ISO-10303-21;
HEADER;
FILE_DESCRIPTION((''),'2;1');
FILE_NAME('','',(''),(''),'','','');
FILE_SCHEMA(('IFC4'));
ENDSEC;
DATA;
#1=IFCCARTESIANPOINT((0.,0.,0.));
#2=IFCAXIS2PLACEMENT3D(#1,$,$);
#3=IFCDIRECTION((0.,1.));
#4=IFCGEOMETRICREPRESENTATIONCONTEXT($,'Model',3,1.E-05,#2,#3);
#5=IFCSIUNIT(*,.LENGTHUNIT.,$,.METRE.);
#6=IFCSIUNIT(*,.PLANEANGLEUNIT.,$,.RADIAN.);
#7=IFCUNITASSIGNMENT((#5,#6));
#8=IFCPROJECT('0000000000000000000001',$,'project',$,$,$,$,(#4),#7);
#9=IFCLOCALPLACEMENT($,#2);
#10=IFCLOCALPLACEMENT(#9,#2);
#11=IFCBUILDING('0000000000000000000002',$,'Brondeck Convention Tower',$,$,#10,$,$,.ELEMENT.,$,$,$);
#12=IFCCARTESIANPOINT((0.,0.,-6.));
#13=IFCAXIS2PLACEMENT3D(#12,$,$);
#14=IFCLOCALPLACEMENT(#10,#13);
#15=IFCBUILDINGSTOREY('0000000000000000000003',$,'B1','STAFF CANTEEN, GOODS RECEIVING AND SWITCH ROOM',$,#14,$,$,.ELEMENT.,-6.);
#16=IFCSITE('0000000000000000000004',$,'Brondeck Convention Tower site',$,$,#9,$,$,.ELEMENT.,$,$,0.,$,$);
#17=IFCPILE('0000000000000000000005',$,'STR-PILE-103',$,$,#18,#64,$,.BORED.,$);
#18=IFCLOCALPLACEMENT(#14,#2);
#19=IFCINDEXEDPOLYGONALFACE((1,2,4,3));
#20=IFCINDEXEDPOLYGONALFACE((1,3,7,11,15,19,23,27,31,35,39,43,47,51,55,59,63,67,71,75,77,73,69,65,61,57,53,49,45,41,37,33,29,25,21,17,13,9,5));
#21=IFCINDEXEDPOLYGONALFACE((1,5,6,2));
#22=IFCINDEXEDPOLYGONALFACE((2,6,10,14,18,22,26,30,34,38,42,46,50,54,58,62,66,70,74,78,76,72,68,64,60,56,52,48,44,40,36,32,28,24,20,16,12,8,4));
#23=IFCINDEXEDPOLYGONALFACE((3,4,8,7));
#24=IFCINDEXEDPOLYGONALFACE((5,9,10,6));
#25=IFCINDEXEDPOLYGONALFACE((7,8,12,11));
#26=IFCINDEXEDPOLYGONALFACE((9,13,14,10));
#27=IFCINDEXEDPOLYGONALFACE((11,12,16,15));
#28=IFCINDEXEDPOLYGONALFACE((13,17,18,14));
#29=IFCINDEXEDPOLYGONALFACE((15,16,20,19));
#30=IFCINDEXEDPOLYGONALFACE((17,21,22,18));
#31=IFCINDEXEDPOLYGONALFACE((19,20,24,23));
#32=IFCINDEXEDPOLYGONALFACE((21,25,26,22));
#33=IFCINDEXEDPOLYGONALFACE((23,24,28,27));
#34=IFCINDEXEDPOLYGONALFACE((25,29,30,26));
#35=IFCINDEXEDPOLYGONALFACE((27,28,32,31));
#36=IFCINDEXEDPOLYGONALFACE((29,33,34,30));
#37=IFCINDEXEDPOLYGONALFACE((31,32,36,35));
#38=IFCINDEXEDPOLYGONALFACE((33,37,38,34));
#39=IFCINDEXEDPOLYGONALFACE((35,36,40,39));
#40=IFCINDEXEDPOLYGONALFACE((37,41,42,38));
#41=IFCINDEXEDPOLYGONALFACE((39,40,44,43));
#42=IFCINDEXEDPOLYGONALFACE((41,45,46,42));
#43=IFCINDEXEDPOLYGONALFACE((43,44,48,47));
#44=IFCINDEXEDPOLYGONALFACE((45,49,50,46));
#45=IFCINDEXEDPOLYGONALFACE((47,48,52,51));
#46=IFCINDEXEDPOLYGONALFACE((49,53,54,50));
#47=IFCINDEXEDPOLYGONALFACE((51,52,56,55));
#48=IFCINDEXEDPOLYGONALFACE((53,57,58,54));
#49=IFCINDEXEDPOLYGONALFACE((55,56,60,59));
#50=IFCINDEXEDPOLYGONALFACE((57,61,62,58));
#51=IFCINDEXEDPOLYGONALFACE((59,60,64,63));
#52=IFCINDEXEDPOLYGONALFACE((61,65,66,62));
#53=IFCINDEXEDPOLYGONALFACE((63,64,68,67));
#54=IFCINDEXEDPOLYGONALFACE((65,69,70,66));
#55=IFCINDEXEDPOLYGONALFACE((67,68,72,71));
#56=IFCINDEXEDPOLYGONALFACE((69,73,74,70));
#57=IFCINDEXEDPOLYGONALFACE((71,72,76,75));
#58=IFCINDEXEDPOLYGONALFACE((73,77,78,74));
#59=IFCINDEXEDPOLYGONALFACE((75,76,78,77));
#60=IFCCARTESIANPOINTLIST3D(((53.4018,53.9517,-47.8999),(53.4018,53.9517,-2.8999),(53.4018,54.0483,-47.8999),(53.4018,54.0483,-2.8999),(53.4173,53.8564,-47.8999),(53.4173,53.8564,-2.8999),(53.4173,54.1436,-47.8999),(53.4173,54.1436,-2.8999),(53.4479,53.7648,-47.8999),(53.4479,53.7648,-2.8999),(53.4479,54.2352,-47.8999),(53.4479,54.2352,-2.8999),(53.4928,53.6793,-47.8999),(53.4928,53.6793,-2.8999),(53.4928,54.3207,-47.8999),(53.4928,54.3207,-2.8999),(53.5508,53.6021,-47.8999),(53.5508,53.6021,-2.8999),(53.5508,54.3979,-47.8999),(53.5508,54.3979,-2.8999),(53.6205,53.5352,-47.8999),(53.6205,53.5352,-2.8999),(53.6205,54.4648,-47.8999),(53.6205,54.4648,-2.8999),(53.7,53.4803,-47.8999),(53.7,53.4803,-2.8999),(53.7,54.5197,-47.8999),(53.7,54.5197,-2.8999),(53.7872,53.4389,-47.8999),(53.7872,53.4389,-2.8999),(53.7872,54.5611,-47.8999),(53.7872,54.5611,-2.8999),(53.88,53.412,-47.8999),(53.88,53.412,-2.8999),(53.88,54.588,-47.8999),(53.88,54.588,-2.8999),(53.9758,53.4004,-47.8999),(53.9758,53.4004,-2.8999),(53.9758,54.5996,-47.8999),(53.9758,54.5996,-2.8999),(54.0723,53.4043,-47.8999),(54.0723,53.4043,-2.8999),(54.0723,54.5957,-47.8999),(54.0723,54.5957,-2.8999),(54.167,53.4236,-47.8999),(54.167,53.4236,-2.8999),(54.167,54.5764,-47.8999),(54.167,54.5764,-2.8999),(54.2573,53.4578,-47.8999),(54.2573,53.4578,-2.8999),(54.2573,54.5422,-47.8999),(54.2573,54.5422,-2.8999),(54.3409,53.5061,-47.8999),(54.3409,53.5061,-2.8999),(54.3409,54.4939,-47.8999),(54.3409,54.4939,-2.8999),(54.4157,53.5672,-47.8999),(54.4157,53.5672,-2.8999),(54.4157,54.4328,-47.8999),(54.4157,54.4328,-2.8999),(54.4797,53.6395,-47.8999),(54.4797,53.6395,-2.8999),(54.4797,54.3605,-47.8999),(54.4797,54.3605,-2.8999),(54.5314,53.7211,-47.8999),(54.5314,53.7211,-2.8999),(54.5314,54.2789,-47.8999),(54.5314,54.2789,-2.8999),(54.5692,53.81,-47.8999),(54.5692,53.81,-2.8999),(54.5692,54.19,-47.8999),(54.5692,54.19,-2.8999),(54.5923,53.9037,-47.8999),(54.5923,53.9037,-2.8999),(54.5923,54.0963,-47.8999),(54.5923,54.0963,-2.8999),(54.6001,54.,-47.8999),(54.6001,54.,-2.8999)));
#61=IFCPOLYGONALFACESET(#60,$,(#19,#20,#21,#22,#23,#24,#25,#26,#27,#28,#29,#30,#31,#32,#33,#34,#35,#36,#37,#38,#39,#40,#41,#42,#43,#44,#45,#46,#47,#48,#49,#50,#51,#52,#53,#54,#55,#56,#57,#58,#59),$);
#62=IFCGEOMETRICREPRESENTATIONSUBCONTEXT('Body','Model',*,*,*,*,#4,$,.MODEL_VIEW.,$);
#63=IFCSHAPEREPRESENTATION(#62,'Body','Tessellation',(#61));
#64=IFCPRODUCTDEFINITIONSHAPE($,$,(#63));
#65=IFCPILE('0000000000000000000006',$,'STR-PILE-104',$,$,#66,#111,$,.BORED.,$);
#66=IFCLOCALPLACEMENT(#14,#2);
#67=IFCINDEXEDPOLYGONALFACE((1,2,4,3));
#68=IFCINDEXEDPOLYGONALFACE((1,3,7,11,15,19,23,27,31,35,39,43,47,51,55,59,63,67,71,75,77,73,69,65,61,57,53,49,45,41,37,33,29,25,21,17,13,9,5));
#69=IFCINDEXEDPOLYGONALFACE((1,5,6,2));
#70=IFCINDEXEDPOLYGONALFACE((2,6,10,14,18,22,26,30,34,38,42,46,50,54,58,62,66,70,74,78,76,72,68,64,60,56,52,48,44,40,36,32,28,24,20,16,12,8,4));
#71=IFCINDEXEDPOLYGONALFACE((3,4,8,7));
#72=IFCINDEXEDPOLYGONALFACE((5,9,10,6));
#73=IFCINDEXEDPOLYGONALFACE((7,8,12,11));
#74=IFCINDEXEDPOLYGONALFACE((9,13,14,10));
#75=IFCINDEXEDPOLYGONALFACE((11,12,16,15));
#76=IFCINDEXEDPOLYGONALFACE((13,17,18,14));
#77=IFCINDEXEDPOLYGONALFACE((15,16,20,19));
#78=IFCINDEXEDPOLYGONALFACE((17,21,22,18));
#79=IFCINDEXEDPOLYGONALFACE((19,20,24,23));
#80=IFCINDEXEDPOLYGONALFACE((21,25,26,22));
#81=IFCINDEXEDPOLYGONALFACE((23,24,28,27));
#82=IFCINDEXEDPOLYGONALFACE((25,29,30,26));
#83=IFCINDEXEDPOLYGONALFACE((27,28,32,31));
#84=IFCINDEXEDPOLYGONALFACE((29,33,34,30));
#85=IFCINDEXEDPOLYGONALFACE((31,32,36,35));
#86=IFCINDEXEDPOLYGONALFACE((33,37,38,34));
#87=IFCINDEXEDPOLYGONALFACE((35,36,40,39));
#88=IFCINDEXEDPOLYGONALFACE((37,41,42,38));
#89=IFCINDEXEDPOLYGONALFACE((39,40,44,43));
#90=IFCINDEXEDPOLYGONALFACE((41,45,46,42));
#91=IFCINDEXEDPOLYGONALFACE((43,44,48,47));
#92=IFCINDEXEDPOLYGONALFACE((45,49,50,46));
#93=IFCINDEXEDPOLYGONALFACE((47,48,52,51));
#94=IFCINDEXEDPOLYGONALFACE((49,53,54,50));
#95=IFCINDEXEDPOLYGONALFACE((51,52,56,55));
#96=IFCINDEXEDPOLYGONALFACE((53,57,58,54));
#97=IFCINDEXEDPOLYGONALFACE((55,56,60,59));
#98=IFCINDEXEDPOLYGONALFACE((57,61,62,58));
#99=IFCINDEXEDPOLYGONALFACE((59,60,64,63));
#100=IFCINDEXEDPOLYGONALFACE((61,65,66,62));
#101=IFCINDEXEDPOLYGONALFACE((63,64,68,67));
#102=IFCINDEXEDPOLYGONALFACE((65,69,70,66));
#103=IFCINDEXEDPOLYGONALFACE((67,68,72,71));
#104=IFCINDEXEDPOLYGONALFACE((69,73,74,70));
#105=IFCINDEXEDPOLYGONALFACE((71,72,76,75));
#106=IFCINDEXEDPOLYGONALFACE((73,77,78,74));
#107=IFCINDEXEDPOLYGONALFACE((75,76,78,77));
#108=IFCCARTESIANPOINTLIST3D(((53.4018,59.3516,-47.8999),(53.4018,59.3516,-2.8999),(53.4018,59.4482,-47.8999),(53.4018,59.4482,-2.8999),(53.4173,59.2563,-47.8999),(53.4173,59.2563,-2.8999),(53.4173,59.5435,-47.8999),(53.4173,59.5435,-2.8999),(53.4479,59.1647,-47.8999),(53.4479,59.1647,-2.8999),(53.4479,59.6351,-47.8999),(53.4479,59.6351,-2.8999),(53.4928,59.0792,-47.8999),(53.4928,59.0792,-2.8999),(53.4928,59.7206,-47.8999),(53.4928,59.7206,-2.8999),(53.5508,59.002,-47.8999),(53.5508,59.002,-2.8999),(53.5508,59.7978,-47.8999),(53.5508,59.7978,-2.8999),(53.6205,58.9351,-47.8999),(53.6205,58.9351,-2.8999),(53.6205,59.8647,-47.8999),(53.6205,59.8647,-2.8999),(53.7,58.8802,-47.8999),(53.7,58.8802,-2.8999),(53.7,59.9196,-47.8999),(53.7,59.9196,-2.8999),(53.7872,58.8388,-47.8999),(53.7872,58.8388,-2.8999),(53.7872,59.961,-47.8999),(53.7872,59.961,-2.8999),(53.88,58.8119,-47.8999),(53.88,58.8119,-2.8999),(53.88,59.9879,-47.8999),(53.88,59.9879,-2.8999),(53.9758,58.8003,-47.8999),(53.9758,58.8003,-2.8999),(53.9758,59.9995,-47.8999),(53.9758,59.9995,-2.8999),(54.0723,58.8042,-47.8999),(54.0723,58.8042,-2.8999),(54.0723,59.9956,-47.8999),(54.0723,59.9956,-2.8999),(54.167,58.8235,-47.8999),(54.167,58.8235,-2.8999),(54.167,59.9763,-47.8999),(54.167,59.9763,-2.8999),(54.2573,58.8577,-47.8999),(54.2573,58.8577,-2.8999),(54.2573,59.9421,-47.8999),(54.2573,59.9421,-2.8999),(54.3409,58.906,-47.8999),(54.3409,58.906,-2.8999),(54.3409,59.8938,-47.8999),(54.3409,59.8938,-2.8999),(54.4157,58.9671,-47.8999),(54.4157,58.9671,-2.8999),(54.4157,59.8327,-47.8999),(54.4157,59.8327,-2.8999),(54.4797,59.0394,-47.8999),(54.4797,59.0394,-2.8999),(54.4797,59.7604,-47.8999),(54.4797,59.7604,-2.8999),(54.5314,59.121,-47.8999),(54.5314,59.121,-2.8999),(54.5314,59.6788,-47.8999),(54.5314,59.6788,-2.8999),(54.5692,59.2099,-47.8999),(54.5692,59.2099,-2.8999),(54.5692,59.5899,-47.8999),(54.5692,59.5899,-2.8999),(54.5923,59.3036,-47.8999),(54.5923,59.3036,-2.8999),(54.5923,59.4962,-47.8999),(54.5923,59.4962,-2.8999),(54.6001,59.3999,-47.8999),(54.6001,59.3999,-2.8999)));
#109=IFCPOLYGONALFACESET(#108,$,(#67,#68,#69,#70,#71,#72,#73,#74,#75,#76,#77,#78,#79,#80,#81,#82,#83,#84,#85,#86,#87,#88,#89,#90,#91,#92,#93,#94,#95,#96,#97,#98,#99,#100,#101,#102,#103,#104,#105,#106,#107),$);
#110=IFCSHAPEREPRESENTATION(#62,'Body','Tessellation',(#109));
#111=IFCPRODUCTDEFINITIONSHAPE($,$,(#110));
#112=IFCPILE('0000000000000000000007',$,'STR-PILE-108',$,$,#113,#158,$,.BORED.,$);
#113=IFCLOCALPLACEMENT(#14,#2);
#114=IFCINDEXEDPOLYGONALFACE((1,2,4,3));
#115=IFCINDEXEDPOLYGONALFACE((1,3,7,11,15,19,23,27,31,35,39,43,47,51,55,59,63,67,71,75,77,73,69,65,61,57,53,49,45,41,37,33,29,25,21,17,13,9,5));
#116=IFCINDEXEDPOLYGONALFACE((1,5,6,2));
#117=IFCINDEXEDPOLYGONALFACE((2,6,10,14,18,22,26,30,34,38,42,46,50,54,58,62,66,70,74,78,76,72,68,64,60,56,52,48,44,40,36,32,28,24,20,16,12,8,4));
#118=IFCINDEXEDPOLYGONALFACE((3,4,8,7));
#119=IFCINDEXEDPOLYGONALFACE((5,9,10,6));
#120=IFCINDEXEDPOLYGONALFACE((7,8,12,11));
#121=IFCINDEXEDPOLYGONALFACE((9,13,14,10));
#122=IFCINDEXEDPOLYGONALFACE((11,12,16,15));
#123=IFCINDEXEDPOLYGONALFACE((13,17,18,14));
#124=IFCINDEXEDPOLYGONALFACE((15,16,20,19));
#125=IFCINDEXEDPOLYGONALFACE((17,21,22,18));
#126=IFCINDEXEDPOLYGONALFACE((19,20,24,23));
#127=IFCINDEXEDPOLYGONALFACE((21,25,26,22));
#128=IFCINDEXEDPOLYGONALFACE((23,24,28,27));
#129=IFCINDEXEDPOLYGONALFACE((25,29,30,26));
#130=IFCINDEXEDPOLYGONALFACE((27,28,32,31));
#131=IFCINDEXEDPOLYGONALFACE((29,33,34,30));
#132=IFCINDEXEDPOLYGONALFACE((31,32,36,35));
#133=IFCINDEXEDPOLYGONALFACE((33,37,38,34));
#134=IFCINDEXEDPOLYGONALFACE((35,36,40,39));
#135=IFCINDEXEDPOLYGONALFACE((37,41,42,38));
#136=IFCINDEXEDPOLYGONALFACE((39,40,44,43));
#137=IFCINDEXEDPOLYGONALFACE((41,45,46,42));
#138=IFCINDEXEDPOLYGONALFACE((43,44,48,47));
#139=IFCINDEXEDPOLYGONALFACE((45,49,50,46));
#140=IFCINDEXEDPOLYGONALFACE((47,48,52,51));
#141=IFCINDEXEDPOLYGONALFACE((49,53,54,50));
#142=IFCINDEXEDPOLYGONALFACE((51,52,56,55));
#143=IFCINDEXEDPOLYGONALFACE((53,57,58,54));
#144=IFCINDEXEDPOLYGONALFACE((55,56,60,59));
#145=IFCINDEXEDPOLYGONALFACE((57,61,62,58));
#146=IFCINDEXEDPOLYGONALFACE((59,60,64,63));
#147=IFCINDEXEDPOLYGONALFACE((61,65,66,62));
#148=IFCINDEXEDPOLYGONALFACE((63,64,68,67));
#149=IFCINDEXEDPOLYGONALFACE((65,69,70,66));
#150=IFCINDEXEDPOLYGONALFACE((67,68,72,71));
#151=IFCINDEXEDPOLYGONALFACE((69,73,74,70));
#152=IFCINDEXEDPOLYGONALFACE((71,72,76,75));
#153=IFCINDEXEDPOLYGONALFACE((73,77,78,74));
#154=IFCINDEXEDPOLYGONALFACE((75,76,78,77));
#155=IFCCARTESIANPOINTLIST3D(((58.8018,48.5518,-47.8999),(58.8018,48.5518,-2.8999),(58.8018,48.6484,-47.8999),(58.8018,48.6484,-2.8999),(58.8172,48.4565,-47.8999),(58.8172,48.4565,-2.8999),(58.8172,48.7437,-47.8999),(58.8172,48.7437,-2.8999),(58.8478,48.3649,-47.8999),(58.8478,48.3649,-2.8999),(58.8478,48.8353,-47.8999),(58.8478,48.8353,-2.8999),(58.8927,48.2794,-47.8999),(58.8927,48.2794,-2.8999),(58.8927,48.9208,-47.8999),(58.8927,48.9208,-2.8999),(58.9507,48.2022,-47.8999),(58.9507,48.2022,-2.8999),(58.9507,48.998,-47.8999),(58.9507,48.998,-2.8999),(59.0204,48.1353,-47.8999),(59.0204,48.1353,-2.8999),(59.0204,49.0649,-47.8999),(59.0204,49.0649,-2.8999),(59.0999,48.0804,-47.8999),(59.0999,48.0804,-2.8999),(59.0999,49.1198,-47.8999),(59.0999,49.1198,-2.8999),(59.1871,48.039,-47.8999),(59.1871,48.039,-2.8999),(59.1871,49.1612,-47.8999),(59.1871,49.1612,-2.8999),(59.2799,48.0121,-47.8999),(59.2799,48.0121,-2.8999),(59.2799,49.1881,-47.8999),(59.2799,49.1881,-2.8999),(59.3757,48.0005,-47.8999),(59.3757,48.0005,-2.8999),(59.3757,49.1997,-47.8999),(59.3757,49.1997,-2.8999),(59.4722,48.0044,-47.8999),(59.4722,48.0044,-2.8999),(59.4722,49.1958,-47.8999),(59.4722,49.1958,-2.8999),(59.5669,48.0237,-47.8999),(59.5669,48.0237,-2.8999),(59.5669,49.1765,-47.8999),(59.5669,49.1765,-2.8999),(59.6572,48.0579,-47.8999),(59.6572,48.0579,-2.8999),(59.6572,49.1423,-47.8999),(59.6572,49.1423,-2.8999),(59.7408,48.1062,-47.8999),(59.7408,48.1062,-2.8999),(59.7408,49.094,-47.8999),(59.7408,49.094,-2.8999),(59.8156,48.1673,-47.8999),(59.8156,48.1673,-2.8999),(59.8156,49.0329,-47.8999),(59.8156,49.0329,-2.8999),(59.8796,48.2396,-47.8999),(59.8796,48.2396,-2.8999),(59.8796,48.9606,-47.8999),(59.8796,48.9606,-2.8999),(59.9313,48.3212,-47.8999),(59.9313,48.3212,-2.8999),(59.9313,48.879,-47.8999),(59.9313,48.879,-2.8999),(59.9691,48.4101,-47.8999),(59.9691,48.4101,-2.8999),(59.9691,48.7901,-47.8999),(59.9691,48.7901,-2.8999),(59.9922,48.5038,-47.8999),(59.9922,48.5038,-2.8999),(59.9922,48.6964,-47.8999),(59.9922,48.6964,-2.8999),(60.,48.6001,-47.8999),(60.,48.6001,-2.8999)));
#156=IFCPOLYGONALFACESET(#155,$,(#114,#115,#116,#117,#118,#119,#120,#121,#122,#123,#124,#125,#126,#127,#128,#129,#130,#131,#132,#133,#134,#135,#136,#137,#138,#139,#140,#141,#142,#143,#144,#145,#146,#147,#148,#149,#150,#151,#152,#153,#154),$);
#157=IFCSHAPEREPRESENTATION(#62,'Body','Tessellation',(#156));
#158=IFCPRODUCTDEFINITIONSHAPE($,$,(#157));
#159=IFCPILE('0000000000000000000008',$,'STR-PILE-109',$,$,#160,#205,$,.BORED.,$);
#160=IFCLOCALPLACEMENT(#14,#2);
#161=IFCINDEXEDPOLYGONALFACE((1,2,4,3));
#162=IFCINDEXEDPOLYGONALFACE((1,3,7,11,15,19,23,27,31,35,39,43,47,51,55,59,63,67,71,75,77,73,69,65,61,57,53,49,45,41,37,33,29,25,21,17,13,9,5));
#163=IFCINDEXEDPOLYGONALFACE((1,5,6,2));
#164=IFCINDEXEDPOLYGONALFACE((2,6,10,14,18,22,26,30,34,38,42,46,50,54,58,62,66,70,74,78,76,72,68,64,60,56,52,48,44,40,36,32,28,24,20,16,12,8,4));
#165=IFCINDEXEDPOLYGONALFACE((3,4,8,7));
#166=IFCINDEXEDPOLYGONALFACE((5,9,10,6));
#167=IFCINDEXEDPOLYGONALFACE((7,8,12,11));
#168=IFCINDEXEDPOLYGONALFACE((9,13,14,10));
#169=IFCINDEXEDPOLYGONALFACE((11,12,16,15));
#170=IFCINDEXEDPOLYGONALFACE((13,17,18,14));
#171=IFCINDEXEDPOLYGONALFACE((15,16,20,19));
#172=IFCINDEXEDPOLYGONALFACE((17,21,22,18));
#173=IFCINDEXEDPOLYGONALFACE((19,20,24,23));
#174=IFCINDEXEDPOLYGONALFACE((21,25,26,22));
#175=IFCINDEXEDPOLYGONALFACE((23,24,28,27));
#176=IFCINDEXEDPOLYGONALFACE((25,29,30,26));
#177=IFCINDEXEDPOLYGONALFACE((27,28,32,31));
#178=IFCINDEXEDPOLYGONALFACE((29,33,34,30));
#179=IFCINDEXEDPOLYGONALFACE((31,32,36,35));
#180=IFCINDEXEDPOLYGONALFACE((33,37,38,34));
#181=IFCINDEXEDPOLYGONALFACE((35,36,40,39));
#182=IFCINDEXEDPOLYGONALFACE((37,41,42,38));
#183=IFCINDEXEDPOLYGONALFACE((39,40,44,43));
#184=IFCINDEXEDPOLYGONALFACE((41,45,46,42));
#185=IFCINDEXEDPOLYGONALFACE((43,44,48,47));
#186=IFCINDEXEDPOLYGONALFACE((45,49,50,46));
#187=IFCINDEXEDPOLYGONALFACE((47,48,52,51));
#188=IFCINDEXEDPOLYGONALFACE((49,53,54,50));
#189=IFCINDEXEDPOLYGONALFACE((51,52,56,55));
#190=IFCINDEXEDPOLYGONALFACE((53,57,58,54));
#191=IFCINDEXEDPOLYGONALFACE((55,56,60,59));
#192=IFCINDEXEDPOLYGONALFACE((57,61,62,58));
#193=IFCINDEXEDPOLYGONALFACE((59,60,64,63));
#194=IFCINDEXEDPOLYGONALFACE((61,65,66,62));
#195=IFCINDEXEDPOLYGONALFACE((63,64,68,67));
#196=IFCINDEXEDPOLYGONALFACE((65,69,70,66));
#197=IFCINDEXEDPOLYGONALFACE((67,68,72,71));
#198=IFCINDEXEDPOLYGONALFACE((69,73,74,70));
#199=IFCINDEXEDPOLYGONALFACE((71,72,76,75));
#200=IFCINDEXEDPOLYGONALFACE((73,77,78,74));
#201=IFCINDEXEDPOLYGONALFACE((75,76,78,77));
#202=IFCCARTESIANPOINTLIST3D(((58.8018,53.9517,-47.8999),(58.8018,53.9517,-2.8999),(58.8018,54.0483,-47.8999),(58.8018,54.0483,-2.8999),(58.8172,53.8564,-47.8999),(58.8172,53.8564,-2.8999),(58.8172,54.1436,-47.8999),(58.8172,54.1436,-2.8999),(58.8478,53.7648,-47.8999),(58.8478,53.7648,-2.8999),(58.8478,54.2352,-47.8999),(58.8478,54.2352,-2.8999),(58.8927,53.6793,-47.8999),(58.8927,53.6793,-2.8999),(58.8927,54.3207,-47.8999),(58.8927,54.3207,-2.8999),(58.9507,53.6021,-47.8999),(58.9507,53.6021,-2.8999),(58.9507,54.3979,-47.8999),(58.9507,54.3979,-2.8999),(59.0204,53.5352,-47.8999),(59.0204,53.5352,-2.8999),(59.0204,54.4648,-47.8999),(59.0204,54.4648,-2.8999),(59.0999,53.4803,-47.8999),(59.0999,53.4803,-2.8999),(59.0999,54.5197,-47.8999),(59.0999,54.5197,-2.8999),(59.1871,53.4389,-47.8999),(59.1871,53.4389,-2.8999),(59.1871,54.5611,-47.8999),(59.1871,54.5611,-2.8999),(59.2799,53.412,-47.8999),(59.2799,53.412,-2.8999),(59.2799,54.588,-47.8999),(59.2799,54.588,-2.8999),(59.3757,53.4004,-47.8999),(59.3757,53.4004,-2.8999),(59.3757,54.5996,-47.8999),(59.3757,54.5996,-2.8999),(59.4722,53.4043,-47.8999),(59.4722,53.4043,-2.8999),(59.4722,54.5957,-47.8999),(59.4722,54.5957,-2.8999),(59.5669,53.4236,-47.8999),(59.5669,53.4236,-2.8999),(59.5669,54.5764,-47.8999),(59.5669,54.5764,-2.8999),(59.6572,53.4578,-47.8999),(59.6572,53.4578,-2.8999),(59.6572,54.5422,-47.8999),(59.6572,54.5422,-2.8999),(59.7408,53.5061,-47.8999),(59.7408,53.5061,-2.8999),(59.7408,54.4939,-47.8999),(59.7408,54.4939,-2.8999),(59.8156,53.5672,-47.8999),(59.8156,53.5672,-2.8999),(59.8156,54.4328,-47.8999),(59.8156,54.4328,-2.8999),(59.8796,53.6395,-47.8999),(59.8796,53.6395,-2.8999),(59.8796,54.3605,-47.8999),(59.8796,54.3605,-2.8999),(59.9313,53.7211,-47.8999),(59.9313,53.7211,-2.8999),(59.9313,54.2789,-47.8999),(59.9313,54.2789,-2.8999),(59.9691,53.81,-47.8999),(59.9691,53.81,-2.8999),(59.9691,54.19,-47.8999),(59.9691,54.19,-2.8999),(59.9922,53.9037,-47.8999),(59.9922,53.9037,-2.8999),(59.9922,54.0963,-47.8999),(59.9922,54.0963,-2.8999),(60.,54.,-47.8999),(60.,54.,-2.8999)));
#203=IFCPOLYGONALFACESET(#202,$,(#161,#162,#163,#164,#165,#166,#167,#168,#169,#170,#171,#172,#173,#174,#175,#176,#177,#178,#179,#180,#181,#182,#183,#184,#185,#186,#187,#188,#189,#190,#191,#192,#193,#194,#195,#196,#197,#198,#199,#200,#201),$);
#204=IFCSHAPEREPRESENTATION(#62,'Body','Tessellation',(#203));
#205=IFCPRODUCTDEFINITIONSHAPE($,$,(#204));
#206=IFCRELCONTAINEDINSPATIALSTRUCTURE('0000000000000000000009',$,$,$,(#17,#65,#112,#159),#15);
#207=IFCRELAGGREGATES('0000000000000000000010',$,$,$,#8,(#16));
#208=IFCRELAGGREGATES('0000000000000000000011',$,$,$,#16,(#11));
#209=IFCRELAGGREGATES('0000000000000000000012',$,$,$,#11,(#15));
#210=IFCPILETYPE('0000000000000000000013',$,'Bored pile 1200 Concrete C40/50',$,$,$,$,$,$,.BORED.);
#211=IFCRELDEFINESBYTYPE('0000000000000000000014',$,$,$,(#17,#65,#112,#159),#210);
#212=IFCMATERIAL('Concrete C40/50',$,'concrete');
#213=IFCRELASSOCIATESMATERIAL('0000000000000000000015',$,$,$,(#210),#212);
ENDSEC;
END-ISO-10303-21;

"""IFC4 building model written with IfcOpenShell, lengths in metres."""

from ifc_helpers import new_model, si_unit, direction, frame, origin, origin_2d, place, context, subcontext, project, spatial, circle, extrude, material, material_profile, profile_set, type_object, element, save


model = new_model("IFC4")

# Units and contexts
model_context = context("Model", 3, precision=1e-05, world=origin(), true_north=direction((0.0, 1.0)))
body_context = subcontext(model_context, "Body", "Model", "MODEL_VIEW")
ifc_project = project(units=[si_unit("LENGTHUNIT", "METRE"), si_unit("PLANEANGLEUNIT", "RADIAN")], contexts=[model_context])

# Site, building, storey
site_placement = place(None, origin())
site = spatial("IfcSite", under=ifc_project, at=site_placement, Name="Brondeck Convention Tower site", CompositionType="ELEMENT", RefElevation=0.0)
building_placement = place(site_placement, origin())
building = spatial("IfcBuilding", under=site, at=building_placement, Name="Brondeck Convention Tower", CompositionType="ELEMENT")
storey_placement = place(building_placement, frame((0.0, 0.0, -6.0)))
storey = spatial("IfcBuildingStorey", under=building, at=storey_placement, Name="B1", Description="STAFF CANTEEN, GOODS RECEIVING AND SWITCH ROOM", CompositionType="ELEMENT", Elevation=-6.0)

# Piles
ifc_material_1 = material(Name="Concrete C40/50", Category="concrete")
ifc_material_profile_1 = material_profile(ifc_material_1, circle(Radius=0.6001, at=origin_2d()), Name="Bored pile 1200 Concrete C40/50")
ifc_profile_set_1 = profile_set([ifc_material_profile_1], Name="Concrete C40/50")
pile_type = type_object("IfcPileType", Name="Bored pile 1200 Concrete C40/50", PredefinedType="BORED", material=ifc_profile_set_1)
for number, where, z_axis, x_axis, name in (
    (1, (54.0, 54.0, -2.8999), (0.0, 0.0, -1.0), (1.0, 0.0, 0.0), "STR-PILE-103"),
    (2, (54.0, 59.3999, -2.8999), (0.0, 0.0, -1.0), (1.0, 0.0, 0.0), "STR-PILE-104"),
    (3, (59.3999, 48.6001, -2.8999), (0.0, 0.0, -1.0), (1.0, 0.0, 0.0), "STR-PILE-108"),
    (4, (59.3999, 54.0, -2.8999), (0.0, 0.0, -1.0), (1.0, 0.0, 0.0), "STR-PILE-109"),
):
    element("IfcPile", number, at=place(storey_placement, frame(where, z_axis=z_axis, x_axis=x_axis)), inside=storey, type_object=pile_type, Name=name, PredefinedType="BORED", context=body_context, shape_type="SweptSolid", body=[
        extrude(circle(Radius=0.6001, at=origin_2d()), origin(), (0.0, 0.0, 1.0), 45.0),
    ])

save(model, "model.ifc")
